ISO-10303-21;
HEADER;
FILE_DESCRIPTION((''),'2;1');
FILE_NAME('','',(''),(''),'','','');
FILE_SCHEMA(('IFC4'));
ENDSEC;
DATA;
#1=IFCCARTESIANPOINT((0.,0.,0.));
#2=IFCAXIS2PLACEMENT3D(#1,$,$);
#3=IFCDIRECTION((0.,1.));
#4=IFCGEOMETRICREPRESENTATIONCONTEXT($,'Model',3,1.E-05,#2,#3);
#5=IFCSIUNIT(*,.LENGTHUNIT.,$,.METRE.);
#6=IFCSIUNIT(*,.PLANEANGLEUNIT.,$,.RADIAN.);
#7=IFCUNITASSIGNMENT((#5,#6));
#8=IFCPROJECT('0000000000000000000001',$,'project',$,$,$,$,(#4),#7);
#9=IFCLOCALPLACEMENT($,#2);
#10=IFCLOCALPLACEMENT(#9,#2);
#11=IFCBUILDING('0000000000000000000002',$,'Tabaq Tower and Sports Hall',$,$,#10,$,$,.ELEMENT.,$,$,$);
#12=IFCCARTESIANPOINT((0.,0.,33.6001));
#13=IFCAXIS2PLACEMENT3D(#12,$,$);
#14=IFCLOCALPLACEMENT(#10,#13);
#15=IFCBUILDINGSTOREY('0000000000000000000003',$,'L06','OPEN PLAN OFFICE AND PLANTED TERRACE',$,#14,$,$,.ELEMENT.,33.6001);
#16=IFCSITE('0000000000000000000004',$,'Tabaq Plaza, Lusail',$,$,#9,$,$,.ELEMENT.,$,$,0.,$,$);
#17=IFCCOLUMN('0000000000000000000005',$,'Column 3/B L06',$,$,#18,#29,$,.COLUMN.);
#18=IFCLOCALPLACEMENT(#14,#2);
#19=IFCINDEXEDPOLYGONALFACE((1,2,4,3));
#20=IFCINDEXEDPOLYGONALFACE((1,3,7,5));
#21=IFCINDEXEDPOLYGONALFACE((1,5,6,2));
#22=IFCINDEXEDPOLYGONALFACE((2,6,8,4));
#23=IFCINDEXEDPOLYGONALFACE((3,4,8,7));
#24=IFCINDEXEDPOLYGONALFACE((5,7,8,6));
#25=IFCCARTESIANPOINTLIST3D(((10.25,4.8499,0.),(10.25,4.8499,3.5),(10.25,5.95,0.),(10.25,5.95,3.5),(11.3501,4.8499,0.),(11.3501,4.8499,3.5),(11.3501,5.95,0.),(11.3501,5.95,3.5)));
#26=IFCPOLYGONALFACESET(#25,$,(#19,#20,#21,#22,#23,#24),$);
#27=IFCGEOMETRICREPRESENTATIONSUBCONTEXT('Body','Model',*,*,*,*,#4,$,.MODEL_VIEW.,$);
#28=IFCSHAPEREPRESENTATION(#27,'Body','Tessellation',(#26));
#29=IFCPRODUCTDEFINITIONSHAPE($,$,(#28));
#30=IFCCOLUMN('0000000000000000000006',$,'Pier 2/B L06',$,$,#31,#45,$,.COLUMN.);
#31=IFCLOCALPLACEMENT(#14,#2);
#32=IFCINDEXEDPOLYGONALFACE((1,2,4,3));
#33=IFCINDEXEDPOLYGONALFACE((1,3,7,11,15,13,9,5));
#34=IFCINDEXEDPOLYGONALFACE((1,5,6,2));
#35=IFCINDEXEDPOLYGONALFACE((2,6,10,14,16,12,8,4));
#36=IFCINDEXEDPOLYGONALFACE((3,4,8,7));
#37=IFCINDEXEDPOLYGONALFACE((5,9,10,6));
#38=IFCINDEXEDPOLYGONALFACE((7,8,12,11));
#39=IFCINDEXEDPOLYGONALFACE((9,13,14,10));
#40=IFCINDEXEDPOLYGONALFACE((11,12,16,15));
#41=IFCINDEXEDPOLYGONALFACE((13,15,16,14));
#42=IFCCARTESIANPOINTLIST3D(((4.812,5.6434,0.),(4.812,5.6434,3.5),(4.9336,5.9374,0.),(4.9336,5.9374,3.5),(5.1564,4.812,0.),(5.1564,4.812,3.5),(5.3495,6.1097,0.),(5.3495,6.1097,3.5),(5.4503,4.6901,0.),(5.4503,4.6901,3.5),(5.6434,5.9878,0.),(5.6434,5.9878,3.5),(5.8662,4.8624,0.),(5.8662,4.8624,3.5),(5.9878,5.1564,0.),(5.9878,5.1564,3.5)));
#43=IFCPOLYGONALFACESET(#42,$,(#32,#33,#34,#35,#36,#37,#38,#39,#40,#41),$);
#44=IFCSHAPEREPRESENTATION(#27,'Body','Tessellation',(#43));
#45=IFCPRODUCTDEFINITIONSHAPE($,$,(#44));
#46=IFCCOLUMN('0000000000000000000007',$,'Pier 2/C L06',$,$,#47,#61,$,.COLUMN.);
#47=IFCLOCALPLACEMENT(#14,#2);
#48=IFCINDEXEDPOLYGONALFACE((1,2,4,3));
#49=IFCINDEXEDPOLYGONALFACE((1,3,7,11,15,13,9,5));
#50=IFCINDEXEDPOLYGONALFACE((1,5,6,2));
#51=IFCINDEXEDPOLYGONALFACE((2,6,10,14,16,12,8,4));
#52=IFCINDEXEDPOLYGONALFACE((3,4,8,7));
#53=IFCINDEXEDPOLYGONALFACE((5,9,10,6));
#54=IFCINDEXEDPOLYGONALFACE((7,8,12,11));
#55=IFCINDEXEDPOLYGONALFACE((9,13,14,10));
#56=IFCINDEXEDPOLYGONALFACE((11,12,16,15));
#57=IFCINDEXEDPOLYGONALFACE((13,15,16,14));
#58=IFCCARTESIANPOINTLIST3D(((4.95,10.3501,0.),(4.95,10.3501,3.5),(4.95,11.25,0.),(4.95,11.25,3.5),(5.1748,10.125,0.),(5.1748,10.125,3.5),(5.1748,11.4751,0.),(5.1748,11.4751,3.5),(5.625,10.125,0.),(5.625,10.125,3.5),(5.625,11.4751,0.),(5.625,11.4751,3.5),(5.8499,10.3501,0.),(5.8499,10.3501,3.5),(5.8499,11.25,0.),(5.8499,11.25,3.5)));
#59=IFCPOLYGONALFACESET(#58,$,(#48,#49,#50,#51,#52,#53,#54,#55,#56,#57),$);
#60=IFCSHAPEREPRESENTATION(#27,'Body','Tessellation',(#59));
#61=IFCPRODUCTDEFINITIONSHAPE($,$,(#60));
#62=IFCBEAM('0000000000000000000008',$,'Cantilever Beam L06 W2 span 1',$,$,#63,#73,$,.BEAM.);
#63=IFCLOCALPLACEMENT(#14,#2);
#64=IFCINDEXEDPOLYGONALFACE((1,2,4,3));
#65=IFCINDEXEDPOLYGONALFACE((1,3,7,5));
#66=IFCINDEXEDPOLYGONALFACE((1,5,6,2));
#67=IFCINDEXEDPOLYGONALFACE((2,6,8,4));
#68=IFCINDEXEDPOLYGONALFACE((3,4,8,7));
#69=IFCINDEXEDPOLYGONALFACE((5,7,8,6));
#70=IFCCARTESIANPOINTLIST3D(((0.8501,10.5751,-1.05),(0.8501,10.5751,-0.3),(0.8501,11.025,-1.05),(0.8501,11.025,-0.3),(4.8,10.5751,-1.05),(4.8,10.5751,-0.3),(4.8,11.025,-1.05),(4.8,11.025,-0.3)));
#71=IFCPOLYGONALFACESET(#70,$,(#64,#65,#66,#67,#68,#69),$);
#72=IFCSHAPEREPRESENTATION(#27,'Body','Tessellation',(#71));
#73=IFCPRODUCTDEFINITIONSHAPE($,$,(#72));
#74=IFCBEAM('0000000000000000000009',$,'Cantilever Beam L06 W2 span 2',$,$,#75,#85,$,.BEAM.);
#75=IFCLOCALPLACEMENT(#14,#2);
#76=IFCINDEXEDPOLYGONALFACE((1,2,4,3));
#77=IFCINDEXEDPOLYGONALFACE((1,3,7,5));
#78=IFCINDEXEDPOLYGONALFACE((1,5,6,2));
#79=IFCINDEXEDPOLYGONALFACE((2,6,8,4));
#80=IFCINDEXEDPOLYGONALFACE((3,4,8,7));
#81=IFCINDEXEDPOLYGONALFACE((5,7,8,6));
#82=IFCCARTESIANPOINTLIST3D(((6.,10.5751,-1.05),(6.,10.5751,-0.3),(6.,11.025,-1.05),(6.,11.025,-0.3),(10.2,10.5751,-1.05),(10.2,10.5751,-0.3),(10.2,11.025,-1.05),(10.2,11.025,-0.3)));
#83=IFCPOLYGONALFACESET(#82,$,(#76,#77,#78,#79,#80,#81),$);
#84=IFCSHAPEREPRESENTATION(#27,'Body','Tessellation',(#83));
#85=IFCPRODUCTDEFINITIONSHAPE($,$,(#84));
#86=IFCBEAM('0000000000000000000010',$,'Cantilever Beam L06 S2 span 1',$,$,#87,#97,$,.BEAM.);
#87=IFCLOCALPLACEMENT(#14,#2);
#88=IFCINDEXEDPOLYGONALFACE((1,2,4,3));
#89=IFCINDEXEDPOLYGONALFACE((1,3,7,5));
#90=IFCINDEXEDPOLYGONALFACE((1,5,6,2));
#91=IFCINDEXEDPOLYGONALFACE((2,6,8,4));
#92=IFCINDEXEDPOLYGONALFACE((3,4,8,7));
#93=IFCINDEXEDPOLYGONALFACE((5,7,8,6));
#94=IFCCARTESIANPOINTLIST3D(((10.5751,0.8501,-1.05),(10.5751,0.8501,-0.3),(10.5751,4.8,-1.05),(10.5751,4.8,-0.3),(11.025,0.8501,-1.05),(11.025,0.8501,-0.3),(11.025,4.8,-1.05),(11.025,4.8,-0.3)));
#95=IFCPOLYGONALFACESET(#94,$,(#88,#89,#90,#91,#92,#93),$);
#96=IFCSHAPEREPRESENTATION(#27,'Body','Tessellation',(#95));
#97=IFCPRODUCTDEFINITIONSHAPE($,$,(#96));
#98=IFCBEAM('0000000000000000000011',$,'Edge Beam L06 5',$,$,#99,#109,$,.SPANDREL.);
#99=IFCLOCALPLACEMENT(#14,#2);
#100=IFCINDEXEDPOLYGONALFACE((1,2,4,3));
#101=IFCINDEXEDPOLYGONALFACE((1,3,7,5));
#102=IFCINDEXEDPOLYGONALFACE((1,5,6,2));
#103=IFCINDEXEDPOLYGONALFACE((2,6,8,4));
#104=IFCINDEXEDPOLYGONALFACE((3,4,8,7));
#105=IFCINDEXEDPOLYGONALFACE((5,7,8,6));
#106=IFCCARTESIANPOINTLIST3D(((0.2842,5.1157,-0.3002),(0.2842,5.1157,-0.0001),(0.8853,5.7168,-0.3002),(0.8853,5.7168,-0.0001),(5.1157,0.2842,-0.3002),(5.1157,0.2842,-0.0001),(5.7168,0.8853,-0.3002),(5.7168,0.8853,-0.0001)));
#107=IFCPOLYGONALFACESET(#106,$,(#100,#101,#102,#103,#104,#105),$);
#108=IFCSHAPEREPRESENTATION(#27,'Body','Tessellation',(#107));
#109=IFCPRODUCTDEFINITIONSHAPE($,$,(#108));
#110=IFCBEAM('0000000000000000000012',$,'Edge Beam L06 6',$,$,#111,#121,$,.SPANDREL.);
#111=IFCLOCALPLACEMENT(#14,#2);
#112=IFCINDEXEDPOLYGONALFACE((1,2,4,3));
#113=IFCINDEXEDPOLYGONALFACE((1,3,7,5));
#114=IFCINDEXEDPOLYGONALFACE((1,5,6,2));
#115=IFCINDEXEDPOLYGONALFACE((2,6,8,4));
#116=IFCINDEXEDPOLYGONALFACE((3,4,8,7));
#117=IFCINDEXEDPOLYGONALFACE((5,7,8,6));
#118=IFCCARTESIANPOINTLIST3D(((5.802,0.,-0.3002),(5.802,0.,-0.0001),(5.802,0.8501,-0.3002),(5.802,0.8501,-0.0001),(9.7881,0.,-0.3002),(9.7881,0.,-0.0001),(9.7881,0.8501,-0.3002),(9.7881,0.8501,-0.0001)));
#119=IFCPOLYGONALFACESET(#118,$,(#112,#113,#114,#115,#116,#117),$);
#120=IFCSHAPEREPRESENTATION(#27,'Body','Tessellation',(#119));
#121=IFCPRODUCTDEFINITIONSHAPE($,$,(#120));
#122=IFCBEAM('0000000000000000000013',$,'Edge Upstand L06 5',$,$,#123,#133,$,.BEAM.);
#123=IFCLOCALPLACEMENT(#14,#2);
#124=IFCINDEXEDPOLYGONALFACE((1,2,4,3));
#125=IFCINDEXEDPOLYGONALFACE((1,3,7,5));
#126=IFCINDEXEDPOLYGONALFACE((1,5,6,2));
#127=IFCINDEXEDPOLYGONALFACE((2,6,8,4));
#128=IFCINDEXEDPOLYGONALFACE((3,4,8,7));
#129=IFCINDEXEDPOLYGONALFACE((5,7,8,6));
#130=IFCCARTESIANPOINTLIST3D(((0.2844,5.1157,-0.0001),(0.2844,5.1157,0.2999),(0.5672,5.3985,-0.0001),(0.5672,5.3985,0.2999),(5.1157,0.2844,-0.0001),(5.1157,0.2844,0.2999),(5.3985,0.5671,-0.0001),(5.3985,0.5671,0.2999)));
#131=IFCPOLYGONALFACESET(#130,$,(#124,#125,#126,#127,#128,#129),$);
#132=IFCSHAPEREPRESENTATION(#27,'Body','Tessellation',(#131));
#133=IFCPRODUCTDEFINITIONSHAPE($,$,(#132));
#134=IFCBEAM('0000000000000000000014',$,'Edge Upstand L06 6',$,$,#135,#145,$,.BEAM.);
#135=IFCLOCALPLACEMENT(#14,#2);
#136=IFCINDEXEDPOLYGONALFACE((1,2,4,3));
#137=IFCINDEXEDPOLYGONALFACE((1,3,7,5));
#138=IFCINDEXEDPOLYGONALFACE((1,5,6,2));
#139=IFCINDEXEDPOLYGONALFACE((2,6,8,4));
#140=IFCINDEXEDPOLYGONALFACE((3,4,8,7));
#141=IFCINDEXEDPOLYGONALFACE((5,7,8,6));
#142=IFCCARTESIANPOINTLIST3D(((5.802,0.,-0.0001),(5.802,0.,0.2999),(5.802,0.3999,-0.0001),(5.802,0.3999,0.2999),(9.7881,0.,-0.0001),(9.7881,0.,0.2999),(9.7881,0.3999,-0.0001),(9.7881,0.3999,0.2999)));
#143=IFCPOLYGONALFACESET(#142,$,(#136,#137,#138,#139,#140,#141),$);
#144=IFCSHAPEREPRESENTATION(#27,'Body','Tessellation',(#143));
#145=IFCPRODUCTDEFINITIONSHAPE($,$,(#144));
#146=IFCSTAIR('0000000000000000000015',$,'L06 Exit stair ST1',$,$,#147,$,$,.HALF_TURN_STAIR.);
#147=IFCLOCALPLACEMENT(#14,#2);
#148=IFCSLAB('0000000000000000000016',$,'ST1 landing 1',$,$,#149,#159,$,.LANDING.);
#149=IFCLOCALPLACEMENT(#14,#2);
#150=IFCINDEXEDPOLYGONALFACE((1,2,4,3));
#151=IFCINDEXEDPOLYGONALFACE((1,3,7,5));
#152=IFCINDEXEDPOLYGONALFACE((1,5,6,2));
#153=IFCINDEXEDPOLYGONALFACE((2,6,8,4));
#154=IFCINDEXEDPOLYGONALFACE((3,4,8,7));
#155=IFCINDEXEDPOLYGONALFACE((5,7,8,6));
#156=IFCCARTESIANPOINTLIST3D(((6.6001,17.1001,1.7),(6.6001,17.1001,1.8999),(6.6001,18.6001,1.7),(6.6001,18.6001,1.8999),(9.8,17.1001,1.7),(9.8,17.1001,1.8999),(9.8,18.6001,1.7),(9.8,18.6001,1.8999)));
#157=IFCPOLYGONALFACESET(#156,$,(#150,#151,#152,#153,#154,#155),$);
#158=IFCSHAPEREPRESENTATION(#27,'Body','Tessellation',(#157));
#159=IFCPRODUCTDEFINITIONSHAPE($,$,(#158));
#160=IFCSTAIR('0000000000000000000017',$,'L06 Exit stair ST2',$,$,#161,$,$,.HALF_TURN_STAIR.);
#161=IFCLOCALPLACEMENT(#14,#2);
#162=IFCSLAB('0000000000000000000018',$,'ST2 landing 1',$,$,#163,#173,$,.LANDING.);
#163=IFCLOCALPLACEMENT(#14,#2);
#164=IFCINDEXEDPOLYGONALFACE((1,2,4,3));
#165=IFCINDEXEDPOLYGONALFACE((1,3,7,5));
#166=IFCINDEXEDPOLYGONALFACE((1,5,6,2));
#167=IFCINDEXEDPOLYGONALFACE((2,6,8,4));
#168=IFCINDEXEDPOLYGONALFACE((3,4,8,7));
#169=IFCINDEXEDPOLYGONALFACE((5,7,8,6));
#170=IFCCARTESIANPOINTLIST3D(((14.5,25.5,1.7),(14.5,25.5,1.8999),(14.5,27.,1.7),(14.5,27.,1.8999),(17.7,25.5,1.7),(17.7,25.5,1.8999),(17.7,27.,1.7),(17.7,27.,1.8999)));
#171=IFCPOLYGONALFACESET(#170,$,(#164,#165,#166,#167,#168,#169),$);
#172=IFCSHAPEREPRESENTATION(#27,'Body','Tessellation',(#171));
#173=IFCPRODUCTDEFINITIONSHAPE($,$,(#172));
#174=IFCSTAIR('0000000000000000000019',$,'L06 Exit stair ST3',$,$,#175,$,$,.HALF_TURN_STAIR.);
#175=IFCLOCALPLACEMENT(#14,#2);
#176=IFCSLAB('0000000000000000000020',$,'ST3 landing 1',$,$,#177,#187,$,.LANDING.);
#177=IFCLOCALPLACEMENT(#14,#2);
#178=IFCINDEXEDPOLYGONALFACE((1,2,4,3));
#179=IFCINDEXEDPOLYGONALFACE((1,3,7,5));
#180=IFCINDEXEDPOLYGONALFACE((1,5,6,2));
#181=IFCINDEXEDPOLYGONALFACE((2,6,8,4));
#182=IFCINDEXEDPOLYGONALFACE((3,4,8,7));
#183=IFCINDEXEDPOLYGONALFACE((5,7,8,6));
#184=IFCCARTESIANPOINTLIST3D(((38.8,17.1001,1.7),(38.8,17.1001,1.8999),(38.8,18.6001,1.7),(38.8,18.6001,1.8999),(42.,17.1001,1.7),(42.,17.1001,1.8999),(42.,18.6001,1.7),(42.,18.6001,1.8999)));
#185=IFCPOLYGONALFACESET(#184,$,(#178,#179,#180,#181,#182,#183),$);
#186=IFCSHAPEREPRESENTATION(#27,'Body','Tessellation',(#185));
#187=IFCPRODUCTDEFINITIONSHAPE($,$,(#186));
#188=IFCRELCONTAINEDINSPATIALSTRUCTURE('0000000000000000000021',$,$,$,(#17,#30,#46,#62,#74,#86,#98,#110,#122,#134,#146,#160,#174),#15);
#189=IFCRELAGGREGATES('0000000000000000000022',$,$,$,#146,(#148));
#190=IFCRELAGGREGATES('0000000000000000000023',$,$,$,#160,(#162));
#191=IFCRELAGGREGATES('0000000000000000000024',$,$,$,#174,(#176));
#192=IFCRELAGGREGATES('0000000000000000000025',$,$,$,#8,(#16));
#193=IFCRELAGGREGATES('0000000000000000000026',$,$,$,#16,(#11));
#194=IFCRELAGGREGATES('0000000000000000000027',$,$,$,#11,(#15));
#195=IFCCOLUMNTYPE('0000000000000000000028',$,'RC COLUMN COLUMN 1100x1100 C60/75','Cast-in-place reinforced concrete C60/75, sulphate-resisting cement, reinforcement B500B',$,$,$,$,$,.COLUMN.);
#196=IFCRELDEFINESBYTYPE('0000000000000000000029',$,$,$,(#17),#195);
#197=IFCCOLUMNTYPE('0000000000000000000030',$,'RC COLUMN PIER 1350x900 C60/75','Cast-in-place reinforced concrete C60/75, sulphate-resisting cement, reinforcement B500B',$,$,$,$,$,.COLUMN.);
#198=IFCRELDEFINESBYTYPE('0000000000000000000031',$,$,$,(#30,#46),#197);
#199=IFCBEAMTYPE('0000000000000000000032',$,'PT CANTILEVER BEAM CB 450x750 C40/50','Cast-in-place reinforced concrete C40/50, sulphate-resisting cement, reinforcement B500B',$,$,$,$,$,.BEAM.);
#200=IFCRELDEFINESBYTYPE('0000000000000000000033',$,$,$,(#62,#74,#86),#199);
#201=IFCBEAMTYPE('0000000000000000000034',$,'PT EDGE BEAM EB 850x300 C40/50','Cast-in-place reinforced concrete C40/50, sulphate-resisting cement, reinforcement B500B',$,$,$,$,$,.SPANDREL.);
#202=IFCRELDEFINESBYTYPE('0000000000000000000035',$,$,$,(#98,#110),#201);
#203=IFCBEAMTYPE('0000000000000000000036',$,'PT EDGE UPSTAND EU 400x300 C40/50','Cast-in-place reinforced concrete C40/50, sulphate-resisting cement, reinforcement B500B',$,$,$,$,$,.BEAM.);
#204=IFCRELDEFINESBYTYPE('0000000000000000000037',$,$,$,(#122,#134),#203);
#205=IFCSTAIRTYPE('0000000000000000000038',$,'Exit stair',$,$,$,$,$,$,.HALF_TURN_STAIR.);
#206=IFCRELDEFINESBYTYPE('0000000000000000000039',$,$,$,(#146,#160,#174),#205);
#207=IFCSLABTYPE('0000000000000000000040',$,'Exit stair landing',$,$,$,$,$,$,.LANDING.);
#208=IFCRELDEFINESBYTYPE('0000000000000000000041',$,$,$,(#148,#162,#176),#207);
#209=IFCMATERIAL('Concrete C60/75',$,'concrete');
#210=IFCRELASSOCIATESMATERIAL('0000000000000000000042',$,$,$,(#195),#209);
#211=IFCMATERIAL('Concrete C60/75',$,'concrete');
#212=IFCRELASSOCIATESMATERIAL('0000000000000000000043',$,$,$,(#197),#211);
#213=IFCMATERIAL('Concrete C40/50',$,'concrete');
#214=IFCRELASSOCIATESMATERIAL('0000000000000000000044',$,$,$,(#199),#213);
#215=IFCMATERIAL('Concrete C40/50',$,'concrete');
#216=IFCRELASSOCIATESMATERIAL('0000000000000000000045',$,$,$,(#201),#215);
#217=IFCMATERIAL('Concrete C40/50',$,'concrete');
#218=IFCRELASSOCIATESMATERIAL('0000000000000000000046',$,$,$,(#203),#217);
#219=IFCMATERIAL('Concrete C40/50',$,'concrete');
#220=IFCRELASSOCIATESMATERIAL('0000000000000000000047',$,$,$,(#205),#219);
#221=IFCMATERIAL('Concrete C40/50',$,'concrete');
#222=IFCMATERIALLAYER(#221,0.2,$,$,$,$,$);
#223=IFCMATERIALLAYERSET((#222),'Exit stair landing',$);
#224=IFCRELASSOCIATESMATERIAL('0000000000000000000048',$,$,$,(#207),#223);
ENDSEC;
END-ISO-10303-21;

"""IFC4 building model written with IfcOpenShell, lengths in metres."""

from ifc_helpers import new_model, si_unit, direction, frame, origin, origin_2d, place, context, subcontext, project, spatial, polyline, rectangle, outline, extrude, material, layer, layer_set, material_profile, profile_set, type_object, element, aggregate, save


model = new_model("IFC4")

# Units and contexts
model_context = context("Model", 3, precision=1e-05, world=origin(), true_north=direction((0.0, 1.0)))
body_context = subcontext(model_context, "Body", "Model", "MODEL_VIEW")
ifc_project = project(units=[si_unit("LENGTHUNIT", "METRE"), si_unit("PLANEANGLEUNIT", "RADIAN")], contexts=[model_context])

# Site, building, storey
site_placement = place(None, origin())
site = spatial("IfcSite", under=ifc_project, at=site_placement, Name="Tabaq Plaza, Lusail", CompositionType="ELEMENT", RefElevation=0.0)
building_placement = place(site_placement, origin())
building = spatial("IfcBuilding", under=site, at=building_placement, Name="Tabaq Tower and Sports Hall", CompositionType="ELEMENT")
storey_placement = place(building_placement, frame((0.0, 0.0, 33.6001)))
storey = spatial("IfcBuildingStorey", under=building, at=storey_placement, Name="L06", Description="OPEN PLAN OFFICE AND PLANTED TERRACE", CompositionType="ELEMENT", Elevation=33.6001)

# Columns
ifc_material_1 = material(Name="Concrete C60/75", Category="concrete")
ifc_material_profile_1 = material_profile(ifc_material_1, rectangle(XDim=1.1001, YDim=1.1001, at=origin_2d()), Name="COLUMN 1100x1100")
ifc_profile_set_1 = profile_set([ifc_material_profile_1], Name="Concrete C60/75")
column_type_1 = type_object("IfcColumnType", Name="RC COLUMN COLUMN 1100x1100 C60/75", Description="Cast-in-place reinforced concrete C60/75, sulphate-resisting cement, reinforcement B500B", PredefinedType="COLUMN", material=ifc_profile_set_1)
column_placement = place(storey_placement, frame((10.8, 5.3999, 0.0), z_axis=(0.0, 0.0, 1.0), x_axis=(1.0, 0.0, 0.0)))
element("IfcColumn", 1, at=column_placement, inside=storey, type_object=column_type_1, Name="Column 3/B L06", PredefinedType="COLUMN", context=body_context, shape_type="SweptSolid", body=[
    extrude(rectangle(XDim=1.1001, YDim=1.1001, at=origin_2d()), origin(), (0.0, 0.0, 1.0), 3.5),
])
ifc_material_2 = material(Name="Concrete C60/75", Category="concrete")
ifc_material_profile_2 = material_profile(ifc_material_2, outline(polyline([(-0.45, -0.45), (0.45, -0.45), (0.675, -0.2251), (0.675, 0.2251), (0.45, 0.45), (-0.45, 0.45), (-0.675, 0.2251), (-0.675, -0.2251), (-0.45, -0.45)])), Name="PIER 1350x900")
ifc_profile_set_2 = profile_set([ifc_material_profile_2], Name="Concrete C60/75")
column_type_2 = type_object("IfcColumnType", Name="RC COLUMN PIER 1350x900 C60/75", Description="Cast-in-place reinforced concrete C60/75, sulphate-resisting cement, reinforcement B500B", PredefinedType="COLUMN", material=ifc_profile_set_2)
for number, where, z_axis, x_axis, name in (
    (2, (5.3999, 5.3999, 0.0), (0.0, 0.0, 1.0), (-0.382683, 0.92388, 0.0), "Pier 2/B L06"),
    (3, (5.3999, 10.8, 0.0), (0.0, 0.0, 1.0), (0.0, 1.0, 0.0), "Pier 2/C L06"),
):
    element("IfcColumn", number, at=place(storey_placement, frame(where, z_axis=z_axis, x_axis=x_axis)), inside=storey, type_object=column_type_2, Name=name, PredefinedType="COLUMN", context=body_context, shape_type="SweptSolid", body=[
        extrude(outline(polyline([(-0.45, -0.45), (0.45, -0.45), (0.675, -0.2251), (0.675, 0.2251), (0.45, 0.45), (-0.45, 0.45), (-0.675, 0.2251), (-0.675, -0.2251), (-0.45, -0.45)])), origin(), (0.0, 0.0, 1.0), 3.5),
    ])

# Beams
ifc_material_3 = material(Name="Concrete C40/50", Category="concrete")
ifc_material_profile_3 = material_profile(ifc_material_3, rectangle(XDim=0.45, YDim=0.75, at=origin_2d()), Name="CB 450x750")
ifc_profile_set_3 = profile_set([ifc_material_profile_3], Name="Concrete C40/50")
beam_type_1 = type_object("IfcBeamType", Name="PT CANTILEVER BEAM CB 450x750 C40/50", Description="Cast-in-place reinforced concrete C40/50, sulphate-resisting cement, reinforcement B500B", PredefinedType="BEAM", material=ifc_profile_set_3)
beam_1_placement = place(storey_placement, frame((0.8501, 10.8, -0.675), z_axis=(1.0, 0.0, 0.0), x_axis=(0.0, 1.0, 0.0)))
element("IfcBeam", 4, at=beam_1_placement, inside=storey, type_object=beam_type_1, Name="Cantilever Beam L06 W2 span 1", PredefinedType="BEAM", context=body_context, shape_type="SweptSolid", body=[
    extrude(rectangle(XDim=0.45, YDim=0.75, at=origin_2d()), origin(), (0.0, 0.0, 1.0), 3.95),
])
beam_2_placement = place(storey_placement, frame((6.0, 10.8, -0.675), z_axis=(1.0, 0.0, 0.0), x_axis=(0.0, 1.0, 0.0)))
element("IfcBeam", 5, at=beam_2_placement, inside=storey, type_object=beam_type_1, Name="Cantilever Beam L06 W2 span 2", PredefinedType="BEAM", context=body_context, shape_type="SweptSolid", body=[
    extrude(rectangle(XDim=0.45, YDim=0.75, at=origin_2d()), origin(), (0.0, 0.0, 1.0), 4.2),
])
beam_3_placement = place(storey_placement, frame((10.8, 0.8501, -0.675), z_axis=(0.0, 1.0, 0.0), x_axis=(-1.0, 0.0, 0.0)))
element("IfcBeam", 6, at=beam_3_placement, inside=storey, type_object=beam_type_1, Name="Cantilever Beam L06 S2 span 1", PredefinedType="BEAM", context=body_context, shape_type="SweptSolid", body=[
    extrude(rectangle(XDim=0.45, YDim=0.75, at=origin_2d()), origin(), (0.0, 0.0, 1.0), 3.95),
])
ifc_material_4 = material(Name="Concrete C40/50", Category="concrete")
ifc_material_profile_4 = material_profile(ifc_material_4, rectangle(XDim=0.8501, YDim=0.3, at=origin_2d()), Name="EB 850x300")
ifc_profile_set_4 = profile_set([ifc_material_profile_4], Name="Concrete C40/50")
beam_type_2 = type_object("IfcBeamType", Name="PT EDGE BEAM EB 850x300 C40/50", Description="Cast-in-place reinforced concrete C40/50, sulphate-resisting cement, reinforcement B500B", PredefinedType="SPANDREL", material=ifc_profile_set_4)
beam_4_placement = place(storey_placement, frame((0.5847, 5.4163, -0.1501), z_axis=(0.707107, -0.707107, 0.0), x_axis=(0.707107, 0.707107, 0.0)))
element("IfcBeam", 7, at=beam_4_placement, inside=storey, type_object=beam_type_2, Name="Edge Beam L06 5", PredefinedType="SPANDREL", context=body_context, shape_type="SweptSolid", body=[
    extrude(rectangle(XDim=0.8501, YDim=0.3, at=origin_2d()), origin(), (0.0, 0.0, 1.0), 6.8328),
])
beam_5_placement = place(storey_placement, frame((5.802, 0.425, -0.1501), z_axis=(1.0, 0.0, 0.0), x_axis=(0.0, 1.0, 0.0)))
element("IfcBeam", 8, at=beam_5_placement, inside=storey, type_object=beam_type_2, Name="Edge Beam L06 6", PredefinedType="SPANDREL", context=body_context, shape_type="SweptSolid", body=[
    extrude(rectangle(XDim=0.8501, YDim=0.3, at=origin_2d()), origin(), (0.0, 0.0, 1.0), 3.9861),
])
ifc_material_5 = material(Name="Concrete C40/50", Category="concrete")
ifc_material_profile_5 = material_profile(ifc_material_5, rectangle(XDim=0.3999, YDim=0.3, at=origin_2d()), Name="EU 400x300")
ifc_profile_set_5 = profile_set([ifc_material_profile_5], Name="Concrete C40/50")
beam_type_3 = type_object("IfcBeamType", Name="PT EDGE UPSTAND EU 400x300 C40/50", Description="Cast-in-place reinforced concrete C40/50, sulphate-resisting cement, reinforcement B500B", PredefinedType="BEAM", material=ifc_profile_set_5)
beam_6_placement = place(storey_placement, frame((0.4258, 5.2571, 0.1499), z_axis=(0.707107, -0.707107, 0.0), x_axis=(0.707107, 0.707107, 0.0)))
element("IfcBeam", 9, at=beam_6_placement, inside=storey, type_object=beam_type_3, Name="Edge Upstand L06 5", PredefinedType="BEAM", context=body_context, shape_type="SweptSolid", body=[
    extrude(rectangle(XDim=0.3999, YDim=0.3, at=origin_2d()), origin(), (0.0, 0.0, 1.0), 6.8325),
])
beam_7_placement = place(storey_placement, frame((5.802, 0.2, 0.1499), z_axis=(1.0, 0.0, 0.0), x_axis=(0.0, 1.0, 0.0)))
element("IfcBeam", 10, at=beam_7_placement, inside=storey, type_object=beam_type_3, Name="Edge Upstand L06 6", PredefinedType="BEAM", context=body_context, shape_type="SweptSolid", body=[
    extrude(rectangle(XDim=0.3999, YDim=0.3, at=origin_2d()), origin(), (0.0, 0.0, 1.0), 3.9861),
])

# Stairs, slabs
ifc_material_6 = material(Name="Concrete C40/50", Category="concrete")
stair_type = type_object("IfcStairType", Name="Exit stair", PredefinedType="HALF_TURN_STAIR", material=ifc_material_6)
stair_1_placement = place(storey_placement, origin())
stair_1 = element("IfcStair", 11, at=stair_1_placement, inside=storey, type_object=stair_type, Name="L06 Exit stair ST1", PredefinedType="HALF_TURN_STAIR")
ifc_material_7 = material(Name="Concrete C40/50", Category="concrete")
ifc_layer_1 = layer(ifc_material_7, 0.2)
ifc_layer_set_1 = layer_set([ifc_layer_1], Name="Exit stair landing")
slab_type = type_object("IfcSlabType", Name="Exit stair landing", PredefinedType="LANDING", material=ifc_layer_set_1)
slab_1_placement = place(storey_placement, frame((0.0, 0.0, 1.7)))
slab_1 = element("IfcSlab", 12, at=slab_1_placement, type_object=slab_type, Name="ST1 landing 1", PredefinedType="LANDING", context=body_context, shape_type="SweptSolid", body=[
    extrude(outline(polyline([(6.6001, 18.6001), (6.6001, 17.1001), (9.8, 17.1001), (9.8, 18.6001), (6.6001, 18.6001)])), origin(), (0.0, 0.0, 1.0), 0.2),
])
aggregate(stair_1, [slab_1])
stair_2_placement = place(storey_placement, origin())
stair_2 = element("IfcStair", 13, at=stair_2_placement, inside=storey, type_object=stair_type, Name="L06 Exit stair ST2", PredefinedType="HALF_TURN_STAIR")
slab_2_placement = place(storey_placement, frame((0.0, 0.0, 1.7)))
slab_2 = element("IfcSlab", 14, at=slab_2_placement, type_object=slab_type, Name="ST2 landing 1", PredefinedType="LANDING", context=body_context, shape_type="SweptSolid", body=[
    extrude(outline(polyline([(14.5, 27.0), (14.5, 25.5), (17.7, 25.5), (17.7, 27.0), (14.5, 27.0)])), origin(), (0.0, 0.0, 1.0), 0.2),
])
aggregate(stair_2, [slab_2])
stair_3_placement = place(storey_placement, origin())
stair_3 = element("IfcStair", 15, at=stair_3_placement, inside=storey, type_object=stair_type, Name="L06 Exit stair ST3", PredefinedType="HALF_TURN_STAIR")
slab_3_placement = place(storey_placement, frame((0.0, 0.0, 1.7)))
slab_3 = element("IfcSlab", 16, at=slab_3_placement, type_object=slab_type, Name="ST3 landing 1", PredefinedType="LANDING", context=body_context, shape_type="SweptSolid", body=[
    extrude(outline(polyline([(38.8, 18.6001), (38.8, 17.1001), (42.0, 17.1001), (42.0, 18.6001), (38.8, 18.6001)])), origin(), (0.0, 0.0, 1.0), 0.2),
])
aggregate(stair_3, [slab_3])

save(model, "model.ifc")
